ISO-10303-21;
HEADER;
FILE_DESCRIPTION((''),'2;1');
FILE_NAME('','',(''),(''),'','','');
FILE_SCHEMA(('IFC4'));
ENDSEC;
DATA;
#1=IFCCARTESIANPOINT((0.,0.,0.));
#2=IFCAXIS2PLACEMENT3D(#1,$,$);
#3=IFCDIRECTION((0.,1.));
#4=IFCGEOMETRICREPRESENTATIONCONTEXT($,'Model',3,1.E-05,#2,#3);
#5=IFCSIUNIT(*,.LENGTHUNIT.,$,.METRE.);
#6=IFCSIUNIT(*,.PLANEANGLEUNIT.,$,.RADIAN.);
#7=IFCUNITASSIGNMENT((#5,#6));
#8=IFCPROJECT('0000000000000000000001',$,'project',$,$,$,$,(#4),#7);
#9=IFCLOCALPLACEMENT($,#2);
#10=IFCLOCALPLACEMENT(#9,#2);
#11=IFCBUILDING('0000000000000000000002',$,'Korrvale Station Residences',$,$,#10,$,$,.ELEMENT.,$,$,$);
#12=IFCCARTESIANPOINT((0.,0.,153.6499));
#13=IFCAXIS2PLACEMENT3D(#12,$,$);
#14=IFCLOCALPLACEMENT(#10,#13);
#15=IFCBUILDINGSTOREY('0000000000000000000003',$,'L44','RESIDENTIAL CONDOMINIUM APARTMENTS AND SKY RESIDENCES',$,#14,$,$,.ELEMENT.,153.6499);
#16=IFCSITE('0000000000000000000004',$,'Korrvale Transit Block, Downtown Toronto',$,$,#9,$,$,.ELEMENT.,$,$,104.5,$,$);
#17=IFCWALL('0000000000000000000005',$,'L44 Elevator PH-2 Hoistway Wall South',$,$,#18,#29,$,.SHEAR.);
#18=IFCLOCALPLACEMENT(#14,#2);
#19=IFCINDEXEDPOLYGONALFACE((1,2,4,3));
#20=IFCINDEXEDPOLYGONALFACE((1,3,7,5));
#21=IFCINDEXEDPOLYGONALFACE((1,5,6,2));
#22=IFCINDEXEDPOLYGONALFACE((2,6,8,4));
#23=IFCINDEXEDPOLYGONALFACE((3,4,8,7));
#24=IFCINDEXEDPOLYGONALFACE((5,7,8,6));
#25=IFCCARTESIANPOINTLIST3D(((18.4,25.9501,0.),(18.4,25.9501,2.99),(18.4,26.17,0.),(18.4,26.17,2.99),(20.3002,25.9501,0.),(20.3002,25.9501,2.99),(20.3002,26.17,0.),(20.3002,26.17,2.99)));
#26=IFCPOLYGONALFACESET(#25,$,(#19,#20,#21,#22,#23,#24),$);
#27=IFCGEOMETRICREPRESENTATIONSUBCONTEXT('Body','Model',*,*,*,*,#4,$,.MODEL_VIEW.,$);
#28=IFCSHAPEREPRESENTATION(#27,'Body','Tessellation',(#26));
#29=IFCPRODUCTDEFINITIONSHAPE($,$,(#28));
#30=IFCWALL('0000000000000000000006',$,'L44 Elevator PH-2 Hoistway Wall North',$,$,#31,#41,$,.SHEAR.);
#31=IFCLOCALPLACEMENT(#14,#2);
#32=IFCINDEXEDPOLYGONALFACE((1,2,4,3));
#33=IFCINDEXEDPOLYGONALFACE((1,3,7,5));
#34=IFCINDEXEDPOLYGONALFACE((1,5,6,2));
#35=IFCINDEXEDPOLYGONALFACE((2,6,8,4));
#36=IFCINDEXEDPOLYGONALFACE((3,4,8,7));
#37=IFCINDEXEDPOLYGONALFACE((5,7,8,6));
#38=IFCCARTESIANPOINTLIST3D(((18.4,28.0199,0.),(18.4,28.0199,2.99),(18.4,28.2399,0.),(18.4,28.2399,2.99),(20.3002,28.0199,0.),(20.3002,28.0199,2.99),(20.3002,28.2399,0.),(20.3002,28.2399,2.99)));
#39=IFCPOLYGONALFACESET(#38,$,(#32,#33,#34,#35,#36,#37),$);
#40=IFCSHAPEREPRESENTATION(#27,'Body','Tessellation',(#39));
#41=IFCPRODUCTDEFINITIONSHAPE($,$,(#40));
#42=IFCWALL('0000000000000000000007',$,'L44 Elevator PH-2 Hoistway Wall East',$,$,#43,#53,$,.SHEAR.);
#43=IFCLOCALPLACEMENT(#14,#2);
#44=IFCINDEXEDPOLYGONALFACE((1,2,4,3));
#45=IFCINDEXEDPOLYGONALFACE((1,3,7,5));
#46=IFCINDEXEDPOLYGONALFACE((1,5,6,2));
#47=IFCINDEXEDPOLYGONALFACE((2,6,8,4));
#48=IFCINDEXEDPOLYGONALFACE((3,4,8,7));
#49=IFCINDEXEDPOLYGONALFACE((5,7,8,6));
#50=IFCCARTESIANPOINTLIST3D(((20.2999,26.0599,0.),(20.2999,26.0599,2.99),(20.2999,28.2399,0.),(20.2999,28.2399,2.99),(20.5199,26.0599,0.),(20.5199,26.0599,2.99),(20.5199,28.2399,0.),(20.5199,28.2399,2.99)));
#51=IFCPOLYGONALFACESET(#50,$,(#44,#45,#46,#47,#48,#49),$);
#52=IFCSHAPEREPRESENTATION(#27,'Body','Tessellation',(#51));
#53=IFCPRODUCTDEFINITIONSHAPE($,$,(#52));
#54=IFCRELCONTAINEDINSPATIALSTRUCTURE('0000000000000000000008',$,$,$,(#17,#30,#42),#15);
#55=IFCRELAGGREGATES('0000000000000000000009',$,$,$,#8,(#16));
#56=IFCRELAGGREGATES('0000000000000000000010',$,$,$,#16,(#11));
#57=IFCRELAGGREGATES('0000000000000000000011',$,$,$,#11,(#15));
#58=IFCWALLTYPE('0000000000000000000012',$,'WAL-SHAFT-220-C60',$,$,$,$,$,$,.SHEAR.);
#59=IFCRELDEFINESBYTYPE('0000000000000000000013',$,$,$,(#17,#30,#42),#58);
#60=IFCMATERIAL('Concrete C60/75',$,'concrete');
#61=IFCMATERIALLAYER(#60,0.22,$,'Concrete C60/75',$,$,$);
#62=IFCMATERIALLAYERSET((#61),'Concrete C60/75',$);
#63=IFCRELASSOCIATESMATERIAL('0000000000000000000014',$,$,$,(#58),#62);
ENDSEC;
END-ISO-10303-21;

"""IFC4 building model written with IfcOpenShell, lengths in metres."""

from ifc_helpers import new_model, si_unit, direction, frame, frame_2d, origin, place, context, subcontext, project, spatial, rectangle, extrude, material, layer, layer_set, type_object, element, save


model = new_model("IFC4")

# Units and contexts
model_context = context("Model", 3, precision=1e-05, world=origin(), true_north=direction((0.0, 1.0)))
body_context = subcontext(model_context, "Body", "Model", "MODEL_VIEW")
ifc_project = project(units=[si_unit("LENGTHUNIT", "METRE"), si_unit("PLANEANGLEUNIT", "RADIAN")], contexts=[model_context])

# Site, building, storey
site_placement = place(None, origin())
site = spatial("IfcSite", under=ifc_project, at=site_placement, Name="Korrvale Transit Block, Downtown Toronto", CompositionType="ELEMENT", RefElevation=104.5)
building_placement = place(site_placement, origin())
building = spatial("IfcBuilding", under=site, at=building_placement, Name="Korrvale Station Residences", CompositionType="ELEMENT")
storey_placement = place(building_placement, frame((0.0, 0.0, 153.6499)))
storey = spatial("IfcBuildingStorey", under=building, at=storey_placement, Name="L44", Description="RESIDENTIAL CONDOMINIUM APARTMENTS AND SKY RESIDENCES", CompositionType="ELEMENT", Elevation=153.6499)

# Shared definitions
ifc_material_1 = material(Name="Concrete C60/75", Category="concrete")

# Shared definitions
ifc_layer_1 = layer(ifc_material_1, 0.22, Name="Concrete C60/75")
ifc_layer_set_1 = layer_set([ifc_layer_1], Name="Concrete C60/75")
wall_type_1 = type_object("IfcWallType", Name="WAL-SHAFT-220-C60", PredefinedType="SHEAR", material=ifc_layer_set_1)

# Walls
for number, where, z_axis, x_axis, name in (
    (1, (18.3999, 26.0601, 0.0), (0.0, 0.0, 1.0), (1.0, 0.0, 0.0), "L44 Elevator PH-2 Hoistway Wall South"),
    (2, (18.3999, 28.1299, 0.0), (0.0, 0.0, 1.0), (1.0, 0.0, 0.0), "L44 Elevator PH-2 Hoistway Wall North"),
):
    element("IfcWall", number, at=place(storey_placement, frame(where, z_axis=z_axis, x_axis=x_axis)), inside=storey, type_object=wall_type_1, Name=name, PredefinedType="SHEAR", context=body_context, shape_type="SweptSolid", body=[
        extrude(rectangle(XDim=1.9001, YDim=0.22, at=frame_2d((0.9502, 0.0))), origin(), (0.0, 0.0, 1.0), 2.99),
    ])
wall_1_placement = place(storey_placement, frame((20.4099, 26.0601, 0.0), z_axis=(0.0, 0.0, 1.0), x_axis=(0.0, 1.0, 0.0)))
element("IfcWall", 3, at=wall_1_placement, inside=storey, type_object=wall_type_1, Name="L44 Elevator PH-2 Hoistway Wall East", PredefinedType="SHEAR", context=body_context, shape_type="SweptSolid", body=[
    extrude(rectangle(XDim=2.1799, YDim=0.22, at=frame_2d((1.0898, 0.0))), origin(), (0.0, 0.0, 1.0), 2.99),
])

save(model, "model.ifc")
